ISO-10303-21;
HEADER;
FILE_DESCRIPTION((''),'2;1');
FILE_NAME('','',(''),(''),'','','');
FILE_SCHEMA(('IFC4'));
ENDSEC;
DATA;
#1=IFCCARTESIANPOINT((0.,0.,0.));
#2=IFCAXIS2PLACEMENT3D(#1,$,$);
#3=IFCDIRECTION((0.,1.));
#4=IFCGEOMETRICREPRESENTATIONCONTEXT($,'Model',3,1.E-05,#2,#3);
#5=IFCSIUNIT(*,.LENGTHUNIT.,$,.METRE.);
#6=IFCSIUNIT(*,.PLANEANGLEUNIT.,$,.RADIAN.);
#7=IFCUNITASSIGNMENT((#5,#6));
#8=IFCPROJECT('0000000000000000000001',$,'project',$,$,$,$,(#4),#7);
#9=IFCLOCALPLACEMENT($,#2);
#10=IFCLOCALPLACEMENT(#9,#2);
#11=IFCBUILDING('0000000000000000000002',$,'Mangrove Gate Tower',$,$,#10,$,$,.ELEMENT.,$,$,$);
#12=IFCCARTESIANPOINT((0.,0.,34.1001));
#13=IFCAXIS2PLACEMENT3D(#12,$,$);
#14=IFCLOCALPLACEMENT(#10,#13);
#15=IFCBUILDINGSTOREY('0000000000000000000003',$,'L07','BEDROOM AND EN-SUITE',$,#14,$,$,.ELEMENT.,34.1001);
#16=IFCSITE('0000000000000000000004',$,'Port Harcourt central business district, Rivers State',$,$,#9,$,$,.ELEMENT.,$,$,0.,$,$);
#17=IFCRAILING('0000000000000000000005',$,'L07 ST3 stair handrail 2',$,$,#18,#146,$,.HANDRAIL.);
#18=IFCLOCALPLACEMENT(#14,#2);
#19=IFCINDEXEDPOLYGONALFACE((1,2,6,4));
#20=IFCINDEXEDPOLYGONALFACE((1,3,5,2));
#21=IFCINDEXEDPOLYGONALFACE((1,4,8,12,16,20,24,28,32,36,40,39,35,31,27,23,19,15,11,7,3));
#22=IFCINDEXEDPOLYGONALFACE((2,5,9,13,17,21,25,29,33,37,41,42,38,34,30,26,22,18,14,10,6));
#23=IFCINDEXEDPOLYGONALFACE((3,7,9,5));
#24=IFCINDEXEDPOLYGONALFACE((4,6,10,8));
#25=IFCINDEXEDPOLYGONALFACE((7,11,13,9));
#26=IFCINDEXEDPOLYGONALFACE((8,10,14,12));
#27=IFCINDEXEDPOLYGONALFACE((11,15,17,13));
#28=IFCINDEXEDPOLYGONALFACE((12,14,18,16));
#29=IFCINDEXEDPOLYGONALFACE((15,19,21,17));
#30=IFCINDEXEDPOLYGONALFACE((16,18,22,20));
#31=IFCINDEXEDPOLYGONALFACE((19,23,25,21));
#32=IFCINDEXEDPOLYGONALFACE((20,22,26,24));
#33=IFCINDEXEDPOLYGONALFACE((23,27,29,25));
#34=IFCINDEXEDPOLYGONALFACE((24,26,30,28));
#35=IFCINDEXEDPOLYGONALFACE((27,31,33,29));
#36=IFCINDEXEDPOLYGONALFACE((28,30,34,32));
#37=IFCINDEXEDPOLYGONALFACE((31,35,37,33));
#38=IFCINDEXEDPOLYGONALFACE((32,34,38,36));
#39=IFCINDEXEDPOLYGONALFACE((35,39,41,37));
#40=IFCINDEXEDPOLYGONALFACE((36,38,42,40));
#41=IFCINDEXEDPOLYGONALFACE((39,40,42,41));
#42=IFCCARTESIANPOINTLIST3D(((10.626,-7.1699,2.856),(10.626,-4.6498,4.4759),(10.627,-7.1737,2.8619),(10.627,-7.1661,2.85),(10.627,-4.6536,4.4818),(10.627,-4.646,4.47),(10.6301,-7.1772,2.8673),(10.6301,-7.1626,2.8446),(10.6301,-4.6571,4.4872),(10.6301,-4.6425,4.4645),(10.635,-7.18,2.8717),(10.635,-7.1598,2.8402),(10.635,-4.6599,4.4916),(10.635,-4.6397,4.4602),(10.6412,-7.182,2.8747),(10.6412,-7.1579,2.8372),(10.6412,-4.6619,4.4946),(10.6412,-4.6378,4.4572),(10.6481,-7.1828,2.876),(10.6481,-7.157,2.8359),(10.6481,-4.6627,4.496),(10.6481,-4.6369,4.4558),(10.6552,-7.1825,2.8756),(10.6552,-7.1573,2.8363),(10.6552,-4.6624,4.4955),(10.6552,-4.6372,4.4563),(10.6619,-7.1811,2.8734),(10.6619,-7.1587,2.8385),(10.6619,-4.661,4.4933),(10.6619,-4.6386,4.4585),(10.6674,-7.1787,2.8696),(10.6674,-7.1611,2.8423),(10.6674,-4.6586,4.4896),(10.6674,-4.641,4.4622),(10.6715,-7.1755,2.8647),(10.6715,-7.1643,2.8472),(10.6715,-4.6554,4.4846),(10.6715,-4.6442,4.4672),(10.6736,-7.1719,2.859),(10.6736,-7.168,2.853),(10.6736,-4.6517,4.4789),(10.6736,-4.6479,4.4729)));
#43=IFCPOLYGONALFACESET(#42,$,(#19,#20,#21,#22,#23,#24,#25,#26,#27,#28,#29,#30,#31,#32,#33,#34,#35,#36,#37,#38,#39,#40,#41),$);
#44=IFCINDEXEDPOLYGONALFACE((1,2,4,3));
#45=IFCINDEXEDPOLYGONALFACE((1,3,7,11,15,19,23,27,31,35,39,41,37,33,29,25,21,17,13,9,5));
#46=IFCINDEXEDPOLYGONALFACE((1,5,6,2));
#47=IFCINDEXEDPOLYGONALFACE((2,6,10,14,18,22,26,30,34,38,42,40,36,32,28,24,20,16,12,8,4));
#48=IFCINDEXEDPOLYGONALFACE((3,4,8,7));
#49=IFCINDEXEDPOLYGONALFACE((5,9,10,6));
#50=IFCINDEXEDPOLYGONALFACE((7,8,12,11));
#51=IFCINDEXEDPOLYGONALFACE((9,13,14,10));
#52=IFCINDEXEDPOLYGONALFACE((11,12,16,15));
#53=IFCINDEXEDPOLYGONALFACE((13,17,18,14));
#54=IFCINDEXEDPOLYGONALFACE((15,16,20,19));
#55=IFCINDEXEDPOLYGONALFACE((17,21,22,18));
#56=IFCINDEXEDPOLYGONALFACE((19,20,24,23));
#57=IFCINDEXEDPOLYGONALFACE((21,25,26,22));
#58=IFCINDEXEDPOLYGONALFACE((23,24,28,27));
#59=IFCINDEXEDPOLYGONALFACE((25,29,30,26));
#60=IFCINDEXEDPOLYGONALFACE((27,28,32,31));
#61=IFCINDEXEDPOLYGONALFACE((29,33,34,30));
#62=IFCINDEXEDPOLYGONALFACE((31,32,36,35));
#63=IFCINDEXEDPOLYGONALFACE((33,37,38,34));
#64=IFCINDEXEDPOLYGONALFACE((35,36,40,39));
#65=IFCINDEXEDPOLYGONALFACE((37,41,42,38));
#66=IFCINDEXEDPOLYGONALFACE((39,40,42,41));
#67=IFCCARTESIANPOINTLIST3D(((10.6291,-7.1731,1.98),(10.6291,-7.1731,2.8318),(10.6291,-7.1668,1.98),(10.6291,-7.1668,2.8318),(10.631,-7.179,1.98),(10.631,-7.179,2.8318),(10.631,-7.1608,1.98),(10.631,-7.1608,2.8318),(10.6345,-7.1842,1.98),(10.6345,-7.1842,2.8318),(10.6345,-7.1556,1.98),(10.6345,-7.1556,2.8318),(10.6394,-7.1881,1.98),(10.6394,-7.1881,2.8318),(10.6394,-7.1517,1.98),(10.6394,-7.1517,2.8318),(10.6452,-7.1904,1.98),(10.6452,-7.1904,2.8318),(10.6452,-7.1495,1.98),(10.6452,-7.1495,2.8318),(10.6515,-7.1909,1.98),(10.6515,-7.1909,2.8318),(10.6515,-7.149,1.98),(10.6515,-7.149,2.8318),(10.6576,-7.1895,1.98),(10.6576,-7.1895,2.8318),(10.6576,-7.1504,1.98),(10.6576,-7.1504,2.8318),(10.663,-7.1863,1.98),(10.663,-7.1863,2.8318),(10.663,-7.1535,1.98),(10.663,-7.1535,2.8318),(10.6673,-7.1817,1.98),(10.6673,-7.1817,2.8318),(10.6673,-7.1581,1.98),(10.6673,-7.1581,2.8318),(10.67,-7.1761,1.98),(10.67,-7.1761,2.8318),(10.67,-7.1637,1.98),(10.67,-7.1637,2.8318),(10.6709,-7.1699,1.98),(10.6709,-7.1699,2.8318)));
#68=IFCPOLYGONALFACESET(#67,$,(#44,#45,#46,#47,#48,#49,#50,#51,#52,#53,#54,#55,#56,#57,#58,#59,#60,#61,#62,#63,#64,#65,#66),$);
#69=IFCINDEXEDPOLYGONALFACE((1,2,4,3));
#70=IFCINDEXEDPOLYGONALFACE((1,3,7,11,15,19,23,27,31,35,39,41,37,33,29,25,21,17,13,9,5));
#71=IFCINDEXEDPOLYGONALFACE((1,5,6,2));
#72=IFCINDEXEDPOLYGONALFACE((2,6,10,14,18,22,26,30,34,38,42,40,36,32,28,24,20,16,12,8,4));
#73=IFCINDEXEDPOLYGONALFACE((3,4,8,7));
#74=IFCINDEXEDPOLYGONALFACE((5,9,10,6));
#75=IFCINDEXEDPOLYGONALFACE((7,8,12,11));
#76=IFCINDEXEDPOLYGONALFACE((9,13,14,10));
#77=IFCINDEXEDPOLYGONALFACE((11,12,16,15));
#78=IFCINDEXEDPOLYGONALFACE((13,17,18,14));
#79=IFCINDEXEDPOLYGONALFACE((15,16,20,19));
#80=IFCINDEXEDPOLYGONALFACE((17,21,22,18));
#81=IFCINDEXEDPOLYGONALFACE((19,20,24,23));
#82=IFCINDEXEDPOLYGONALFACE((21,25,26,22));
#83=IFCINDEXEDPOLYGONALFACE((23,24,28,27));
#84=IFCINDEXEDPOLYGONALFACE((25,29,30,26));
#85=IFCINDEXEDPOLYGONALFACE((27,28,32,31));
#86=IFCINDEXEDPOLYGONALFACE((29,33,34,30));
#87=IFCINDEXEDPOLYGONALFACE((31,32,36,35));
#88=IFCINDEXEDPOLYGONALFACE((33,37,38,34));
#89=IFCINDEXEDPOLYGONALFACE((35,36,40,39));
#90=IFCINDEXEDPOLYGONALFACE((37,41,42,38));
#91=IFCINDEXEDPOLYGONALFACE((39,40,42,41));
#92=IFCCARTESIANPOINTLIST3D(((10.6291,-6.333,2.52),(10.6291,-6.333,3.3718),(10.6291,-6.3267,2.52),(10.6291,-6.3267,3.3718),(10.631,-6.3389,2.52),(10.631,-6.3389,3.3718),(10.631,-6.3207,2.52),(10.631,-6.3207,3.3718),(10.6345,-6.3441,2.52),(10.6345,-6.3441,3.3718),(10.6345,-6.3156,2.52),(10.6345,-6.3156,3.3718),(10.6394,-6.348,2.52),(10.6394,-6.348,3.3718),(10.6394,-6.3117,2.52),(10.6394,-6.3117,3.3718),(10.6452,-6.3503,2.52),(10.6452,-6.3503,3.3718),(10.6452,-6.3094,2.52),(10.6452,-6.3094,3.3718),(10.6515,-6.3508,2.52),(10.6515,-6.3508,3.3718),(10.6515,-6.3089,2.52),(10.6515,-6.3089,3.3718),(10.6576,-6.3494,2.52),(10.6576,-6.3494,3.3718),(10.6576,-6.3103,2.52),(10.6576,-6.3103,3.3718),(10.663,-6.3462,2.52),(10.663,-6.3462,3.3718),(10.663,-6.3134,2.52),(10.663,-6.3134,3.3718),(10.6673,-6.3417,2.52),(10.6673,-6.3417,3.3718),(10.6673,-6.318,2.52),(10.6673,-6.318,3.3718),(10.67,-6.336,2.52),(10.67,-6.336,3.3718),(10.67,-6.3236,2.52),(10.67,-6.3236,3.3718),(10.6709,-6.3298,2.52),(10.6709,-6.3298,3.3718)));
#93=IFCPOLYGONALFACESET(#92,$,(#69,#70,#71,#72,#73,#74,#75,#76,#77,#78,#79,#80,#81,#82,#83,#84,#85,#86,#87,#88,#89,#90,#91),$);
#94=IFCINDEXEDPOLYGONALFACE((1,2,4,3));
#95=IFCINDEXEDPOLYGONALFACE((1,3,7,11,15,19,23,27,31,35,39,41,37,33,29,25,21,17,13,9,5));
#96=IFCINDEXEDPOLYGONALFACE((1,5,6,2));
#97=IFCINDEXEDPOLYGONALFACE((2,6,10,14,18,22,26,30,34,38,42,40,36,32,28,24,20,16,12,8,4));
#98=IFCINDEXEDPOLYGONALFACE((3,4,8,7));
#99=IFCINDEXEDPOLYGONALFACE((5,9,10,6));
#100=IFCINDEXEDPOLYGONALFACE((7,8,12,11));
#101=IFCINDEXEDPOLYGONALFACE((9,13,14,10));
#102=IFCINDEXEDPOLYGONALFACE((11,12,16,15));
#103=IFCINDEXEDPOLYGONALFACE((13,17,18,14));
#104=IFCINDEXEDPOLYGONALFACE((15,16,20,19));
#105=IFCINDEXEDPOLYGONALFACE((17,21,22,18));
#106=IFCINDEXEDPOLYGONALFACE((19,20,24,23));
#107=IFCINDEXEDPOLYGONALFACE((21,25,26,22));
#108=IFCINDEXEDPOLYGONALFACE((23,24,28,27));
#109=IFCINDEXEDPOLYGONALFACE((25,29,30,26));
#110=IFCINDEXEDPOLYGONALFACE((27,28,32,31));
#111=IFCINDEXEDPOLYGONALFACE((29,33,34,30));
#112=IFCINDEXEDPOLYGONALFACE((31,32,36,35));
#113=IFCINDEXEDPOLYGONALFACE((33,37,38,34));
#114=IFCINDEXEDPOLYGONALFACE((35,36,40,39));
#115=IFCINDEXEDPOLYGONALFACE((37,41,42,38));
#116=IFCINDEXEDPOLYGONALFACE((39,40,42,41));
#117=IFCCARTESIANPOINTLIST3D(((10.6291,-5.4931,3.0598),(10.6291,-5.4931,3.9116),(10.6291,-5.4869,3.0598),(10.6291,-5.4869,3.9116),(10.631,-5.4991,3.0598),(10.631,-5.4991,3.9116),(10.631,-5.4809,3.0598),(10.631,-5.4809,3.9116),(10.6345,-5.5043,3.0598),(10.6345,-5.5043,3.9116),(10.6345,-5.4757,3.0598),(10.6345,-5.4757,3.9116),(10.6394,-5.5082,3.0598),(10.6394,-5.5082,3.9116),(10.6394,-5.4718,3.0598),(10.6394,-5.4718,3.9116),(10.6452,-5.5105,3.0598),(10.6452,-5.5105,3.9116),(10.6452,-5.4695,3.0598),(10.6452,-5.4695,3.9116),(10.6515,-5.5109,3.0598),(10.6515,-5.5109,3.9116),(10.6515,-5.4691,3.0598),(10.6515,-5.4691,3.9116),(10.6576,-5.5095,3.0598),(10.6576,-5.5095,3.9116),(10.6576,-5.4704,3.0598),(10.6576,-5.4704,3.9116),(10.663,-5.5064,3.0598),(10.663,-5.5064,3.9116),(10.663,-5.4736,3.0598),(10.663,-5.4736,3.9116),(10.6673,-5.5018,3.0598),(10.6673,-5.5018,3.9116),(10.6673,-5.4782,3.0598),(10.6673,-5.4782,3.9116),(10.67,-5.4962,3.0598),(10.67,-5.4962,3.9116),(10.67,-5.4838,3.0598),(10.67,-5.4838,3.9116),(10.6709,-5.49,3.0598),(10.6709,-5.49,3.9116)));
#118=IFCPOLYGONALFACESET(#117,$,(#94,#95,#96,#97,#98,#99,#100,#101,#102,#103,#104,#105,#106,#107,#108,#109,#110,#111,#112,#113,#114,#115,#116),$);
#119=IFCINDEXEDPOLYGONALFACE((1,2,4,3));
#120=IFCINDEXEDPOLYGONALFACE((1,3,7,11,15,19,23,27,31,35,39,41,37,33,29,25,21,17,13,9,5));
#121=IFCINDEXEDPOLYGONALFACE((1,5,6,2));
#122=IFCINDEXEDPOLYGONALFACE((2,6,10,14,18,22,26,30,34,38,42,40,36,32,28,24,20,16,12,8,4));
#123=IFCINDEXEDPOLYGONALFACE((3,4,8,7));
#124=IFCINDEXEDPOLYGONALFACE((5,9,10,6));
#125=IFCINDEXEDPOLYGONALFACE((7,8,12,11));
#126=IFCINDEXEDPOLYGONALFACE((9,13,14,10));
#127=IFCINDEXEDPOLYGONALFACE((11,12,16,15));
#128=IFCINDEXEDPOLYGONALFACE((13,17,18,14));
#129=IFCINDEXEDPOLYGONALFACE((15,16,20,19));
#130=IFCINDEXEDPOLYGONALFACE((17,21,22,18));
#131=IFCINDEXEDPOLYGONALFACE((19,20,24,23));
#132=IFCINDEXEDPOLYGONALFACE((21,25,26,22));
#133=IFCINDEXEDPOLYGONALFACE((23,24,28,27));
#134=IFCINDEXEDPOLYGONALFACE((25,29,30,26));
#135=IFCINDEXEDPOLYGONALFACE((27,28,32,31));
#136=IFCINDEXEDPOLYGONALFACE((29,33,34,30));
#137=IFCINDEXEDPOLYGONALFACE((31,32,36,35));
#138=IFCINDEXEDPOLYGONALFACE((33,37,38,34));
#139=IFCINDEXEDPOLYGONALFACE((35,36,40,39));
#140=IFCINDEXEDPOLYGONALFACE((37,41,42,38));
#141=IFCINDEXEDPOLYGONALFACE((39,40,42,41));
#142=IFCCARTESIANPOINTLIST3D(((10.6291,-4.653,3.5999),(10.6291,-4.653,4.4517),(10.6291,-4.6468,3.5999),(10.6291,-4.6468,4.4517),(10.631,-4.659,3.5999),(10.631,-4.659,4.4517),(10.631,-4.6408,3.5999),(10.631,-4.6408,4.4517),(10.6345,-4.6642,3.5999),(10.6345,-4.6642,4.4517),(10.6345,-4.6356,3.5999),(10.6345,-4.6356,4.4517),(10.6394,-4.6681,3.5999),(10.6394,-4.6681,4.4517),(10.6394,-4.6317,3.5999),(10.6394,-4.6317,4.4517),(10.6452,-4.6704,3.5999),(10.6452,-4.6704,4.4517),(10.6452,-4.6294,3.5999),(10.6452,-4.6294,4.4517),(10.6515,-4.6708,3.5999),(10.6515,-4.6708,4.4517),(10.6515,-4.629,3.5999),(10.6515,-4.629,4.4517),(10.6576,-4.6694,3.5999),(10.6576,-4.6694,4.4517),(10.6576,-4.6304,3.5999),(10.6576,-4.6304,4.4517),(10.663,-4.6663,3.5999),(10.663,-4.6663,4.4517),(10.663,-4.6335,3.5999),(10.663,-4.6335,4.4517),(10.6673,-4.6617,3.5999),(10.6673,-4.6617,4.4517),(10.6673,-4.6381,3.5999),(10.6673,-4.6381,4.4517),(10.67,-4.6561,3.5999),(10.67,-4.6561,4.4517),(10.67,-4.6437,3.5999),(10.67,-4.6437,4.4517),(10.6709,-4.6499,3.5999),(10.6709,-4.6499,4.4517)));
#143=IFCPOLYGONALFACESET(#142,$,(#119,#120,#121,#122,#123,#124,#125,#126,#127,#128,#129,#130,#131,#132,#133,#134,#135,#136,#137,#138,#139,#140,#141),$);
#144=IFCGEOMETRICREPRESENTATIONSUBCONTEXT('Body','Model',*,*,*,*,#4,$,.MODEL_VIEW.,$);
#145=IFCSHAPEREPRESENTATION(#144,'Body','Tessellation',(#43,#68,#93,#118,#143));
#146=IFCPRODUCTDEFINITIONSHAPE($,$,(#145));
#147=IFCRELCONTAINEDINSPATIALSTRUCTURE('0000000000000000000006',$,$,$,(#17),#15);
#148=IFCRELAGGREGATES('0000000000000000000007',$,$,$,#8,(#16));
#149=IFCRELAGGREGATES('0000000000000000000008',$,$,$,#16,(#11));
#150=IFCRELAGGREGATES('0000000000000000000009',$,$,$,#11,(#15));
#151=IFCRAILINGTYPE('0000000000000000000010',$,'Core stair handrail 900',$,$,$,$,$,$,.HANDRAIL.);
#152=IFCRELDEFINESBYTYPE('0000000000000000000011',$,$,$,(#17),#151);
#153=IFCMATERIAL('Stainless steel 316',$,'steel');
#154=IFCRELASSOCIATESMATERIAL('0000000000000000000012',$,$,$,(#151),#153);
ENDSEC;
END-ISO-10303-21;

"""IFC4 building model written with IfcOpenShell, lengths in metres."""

from ifc_helpers import new_model, si_unit, direction, frame, origin, origin_2d, place, context, subcontext, project, spatial, circle, extrude, material, type_object, element, save


model = new_model("IFC4")

# Units and contexts
model_context = context("Model", 3, precision=1e-05, world=origin(), true_north=direction((0.0, 1.0)))
body_context = subcontext(model_context, "Body", "Model", "MODEL_VIEW")
ifc_project = project(units=[si_unit("LENGTHUNIT", "METRE"), si_unit("PLANEANGLEUNIT", "RADIAN")], contexts=[model_context])

# Site, building, storey
site_placement = place(None, origin())
site = spatial("IfcSite", under=ifc_project, at=site_placement, Name="Port Harcourt central business district, Rivers State", CompositionType="ELEMENT", RefElevation=0.0)
building_placement = place(site_placement, origin())
building = spatial("IfcBuilding", under=site, at=building_placement, Name="Mangrove Gate Tower", CompositionType="ELEMENT")
storey_placement = place(building_placement, frame((0.0, 0.0, 34.1001)))
storey = spatial("IfcBuildingStorey", under=building, at=storey_placement, Name="L07", Description="BEDROOM AND EN-SUITE", CompositionType="ELEMENT", Elevation=34.1001)

# Railing
ifc_material_1 = material(Name="Stainless steel 316", Category="steel")
railing_type_1 = type_object("IfcRailingType", Name="Core stair handrail 900", PredefinedType="HANDRAIL", material=ifc_material_1)
railing_1_placement = place(storey_placement, frame((10.6499, -7.1699, 1.98)))
element("IfcRailing", 1, at=railing_1_placement, inside=storey, type_object=railing_type_1, Name="L07 ST3 stair handrail 2", PredefinedType="HANDRAIL", context=body_context, shape_type="SweptSolid", body=[
    extrude(circle(Radius=0.0239, at=origin_2d()), frame((0.0, 0.0, 0.876), z_axis=(0.0, 0.8412, 0.540725), x_axis=(-1.0, 0.0, 0.0)), (0.0, 0.0, 1.0), 2.9958),
    extrude(circle(Radius=0.021, at=origin_2d()), origin(), (0.0, 0.0, 1.0), 0.8518),
    extrude(circle(Radius=0.021, at=origin_2d()), frame((0.0, 0.8401, 0.54)), (0.0, 0.0, 1.0), 0.8518),
    extrude(circle(Radius=0.021, at=origin_2d()), frame((0.0, 1.6799, 1.0798)), (0.0, 0.0, 1.0), 0.8518),
    extrude(circle(Radius=0.021, at=origin_2d()), frame((0.0, 2.52, 1.6199)), (0.0, 0.0, 1.0), 0.8518),
])

save(model, "model.ifc")
